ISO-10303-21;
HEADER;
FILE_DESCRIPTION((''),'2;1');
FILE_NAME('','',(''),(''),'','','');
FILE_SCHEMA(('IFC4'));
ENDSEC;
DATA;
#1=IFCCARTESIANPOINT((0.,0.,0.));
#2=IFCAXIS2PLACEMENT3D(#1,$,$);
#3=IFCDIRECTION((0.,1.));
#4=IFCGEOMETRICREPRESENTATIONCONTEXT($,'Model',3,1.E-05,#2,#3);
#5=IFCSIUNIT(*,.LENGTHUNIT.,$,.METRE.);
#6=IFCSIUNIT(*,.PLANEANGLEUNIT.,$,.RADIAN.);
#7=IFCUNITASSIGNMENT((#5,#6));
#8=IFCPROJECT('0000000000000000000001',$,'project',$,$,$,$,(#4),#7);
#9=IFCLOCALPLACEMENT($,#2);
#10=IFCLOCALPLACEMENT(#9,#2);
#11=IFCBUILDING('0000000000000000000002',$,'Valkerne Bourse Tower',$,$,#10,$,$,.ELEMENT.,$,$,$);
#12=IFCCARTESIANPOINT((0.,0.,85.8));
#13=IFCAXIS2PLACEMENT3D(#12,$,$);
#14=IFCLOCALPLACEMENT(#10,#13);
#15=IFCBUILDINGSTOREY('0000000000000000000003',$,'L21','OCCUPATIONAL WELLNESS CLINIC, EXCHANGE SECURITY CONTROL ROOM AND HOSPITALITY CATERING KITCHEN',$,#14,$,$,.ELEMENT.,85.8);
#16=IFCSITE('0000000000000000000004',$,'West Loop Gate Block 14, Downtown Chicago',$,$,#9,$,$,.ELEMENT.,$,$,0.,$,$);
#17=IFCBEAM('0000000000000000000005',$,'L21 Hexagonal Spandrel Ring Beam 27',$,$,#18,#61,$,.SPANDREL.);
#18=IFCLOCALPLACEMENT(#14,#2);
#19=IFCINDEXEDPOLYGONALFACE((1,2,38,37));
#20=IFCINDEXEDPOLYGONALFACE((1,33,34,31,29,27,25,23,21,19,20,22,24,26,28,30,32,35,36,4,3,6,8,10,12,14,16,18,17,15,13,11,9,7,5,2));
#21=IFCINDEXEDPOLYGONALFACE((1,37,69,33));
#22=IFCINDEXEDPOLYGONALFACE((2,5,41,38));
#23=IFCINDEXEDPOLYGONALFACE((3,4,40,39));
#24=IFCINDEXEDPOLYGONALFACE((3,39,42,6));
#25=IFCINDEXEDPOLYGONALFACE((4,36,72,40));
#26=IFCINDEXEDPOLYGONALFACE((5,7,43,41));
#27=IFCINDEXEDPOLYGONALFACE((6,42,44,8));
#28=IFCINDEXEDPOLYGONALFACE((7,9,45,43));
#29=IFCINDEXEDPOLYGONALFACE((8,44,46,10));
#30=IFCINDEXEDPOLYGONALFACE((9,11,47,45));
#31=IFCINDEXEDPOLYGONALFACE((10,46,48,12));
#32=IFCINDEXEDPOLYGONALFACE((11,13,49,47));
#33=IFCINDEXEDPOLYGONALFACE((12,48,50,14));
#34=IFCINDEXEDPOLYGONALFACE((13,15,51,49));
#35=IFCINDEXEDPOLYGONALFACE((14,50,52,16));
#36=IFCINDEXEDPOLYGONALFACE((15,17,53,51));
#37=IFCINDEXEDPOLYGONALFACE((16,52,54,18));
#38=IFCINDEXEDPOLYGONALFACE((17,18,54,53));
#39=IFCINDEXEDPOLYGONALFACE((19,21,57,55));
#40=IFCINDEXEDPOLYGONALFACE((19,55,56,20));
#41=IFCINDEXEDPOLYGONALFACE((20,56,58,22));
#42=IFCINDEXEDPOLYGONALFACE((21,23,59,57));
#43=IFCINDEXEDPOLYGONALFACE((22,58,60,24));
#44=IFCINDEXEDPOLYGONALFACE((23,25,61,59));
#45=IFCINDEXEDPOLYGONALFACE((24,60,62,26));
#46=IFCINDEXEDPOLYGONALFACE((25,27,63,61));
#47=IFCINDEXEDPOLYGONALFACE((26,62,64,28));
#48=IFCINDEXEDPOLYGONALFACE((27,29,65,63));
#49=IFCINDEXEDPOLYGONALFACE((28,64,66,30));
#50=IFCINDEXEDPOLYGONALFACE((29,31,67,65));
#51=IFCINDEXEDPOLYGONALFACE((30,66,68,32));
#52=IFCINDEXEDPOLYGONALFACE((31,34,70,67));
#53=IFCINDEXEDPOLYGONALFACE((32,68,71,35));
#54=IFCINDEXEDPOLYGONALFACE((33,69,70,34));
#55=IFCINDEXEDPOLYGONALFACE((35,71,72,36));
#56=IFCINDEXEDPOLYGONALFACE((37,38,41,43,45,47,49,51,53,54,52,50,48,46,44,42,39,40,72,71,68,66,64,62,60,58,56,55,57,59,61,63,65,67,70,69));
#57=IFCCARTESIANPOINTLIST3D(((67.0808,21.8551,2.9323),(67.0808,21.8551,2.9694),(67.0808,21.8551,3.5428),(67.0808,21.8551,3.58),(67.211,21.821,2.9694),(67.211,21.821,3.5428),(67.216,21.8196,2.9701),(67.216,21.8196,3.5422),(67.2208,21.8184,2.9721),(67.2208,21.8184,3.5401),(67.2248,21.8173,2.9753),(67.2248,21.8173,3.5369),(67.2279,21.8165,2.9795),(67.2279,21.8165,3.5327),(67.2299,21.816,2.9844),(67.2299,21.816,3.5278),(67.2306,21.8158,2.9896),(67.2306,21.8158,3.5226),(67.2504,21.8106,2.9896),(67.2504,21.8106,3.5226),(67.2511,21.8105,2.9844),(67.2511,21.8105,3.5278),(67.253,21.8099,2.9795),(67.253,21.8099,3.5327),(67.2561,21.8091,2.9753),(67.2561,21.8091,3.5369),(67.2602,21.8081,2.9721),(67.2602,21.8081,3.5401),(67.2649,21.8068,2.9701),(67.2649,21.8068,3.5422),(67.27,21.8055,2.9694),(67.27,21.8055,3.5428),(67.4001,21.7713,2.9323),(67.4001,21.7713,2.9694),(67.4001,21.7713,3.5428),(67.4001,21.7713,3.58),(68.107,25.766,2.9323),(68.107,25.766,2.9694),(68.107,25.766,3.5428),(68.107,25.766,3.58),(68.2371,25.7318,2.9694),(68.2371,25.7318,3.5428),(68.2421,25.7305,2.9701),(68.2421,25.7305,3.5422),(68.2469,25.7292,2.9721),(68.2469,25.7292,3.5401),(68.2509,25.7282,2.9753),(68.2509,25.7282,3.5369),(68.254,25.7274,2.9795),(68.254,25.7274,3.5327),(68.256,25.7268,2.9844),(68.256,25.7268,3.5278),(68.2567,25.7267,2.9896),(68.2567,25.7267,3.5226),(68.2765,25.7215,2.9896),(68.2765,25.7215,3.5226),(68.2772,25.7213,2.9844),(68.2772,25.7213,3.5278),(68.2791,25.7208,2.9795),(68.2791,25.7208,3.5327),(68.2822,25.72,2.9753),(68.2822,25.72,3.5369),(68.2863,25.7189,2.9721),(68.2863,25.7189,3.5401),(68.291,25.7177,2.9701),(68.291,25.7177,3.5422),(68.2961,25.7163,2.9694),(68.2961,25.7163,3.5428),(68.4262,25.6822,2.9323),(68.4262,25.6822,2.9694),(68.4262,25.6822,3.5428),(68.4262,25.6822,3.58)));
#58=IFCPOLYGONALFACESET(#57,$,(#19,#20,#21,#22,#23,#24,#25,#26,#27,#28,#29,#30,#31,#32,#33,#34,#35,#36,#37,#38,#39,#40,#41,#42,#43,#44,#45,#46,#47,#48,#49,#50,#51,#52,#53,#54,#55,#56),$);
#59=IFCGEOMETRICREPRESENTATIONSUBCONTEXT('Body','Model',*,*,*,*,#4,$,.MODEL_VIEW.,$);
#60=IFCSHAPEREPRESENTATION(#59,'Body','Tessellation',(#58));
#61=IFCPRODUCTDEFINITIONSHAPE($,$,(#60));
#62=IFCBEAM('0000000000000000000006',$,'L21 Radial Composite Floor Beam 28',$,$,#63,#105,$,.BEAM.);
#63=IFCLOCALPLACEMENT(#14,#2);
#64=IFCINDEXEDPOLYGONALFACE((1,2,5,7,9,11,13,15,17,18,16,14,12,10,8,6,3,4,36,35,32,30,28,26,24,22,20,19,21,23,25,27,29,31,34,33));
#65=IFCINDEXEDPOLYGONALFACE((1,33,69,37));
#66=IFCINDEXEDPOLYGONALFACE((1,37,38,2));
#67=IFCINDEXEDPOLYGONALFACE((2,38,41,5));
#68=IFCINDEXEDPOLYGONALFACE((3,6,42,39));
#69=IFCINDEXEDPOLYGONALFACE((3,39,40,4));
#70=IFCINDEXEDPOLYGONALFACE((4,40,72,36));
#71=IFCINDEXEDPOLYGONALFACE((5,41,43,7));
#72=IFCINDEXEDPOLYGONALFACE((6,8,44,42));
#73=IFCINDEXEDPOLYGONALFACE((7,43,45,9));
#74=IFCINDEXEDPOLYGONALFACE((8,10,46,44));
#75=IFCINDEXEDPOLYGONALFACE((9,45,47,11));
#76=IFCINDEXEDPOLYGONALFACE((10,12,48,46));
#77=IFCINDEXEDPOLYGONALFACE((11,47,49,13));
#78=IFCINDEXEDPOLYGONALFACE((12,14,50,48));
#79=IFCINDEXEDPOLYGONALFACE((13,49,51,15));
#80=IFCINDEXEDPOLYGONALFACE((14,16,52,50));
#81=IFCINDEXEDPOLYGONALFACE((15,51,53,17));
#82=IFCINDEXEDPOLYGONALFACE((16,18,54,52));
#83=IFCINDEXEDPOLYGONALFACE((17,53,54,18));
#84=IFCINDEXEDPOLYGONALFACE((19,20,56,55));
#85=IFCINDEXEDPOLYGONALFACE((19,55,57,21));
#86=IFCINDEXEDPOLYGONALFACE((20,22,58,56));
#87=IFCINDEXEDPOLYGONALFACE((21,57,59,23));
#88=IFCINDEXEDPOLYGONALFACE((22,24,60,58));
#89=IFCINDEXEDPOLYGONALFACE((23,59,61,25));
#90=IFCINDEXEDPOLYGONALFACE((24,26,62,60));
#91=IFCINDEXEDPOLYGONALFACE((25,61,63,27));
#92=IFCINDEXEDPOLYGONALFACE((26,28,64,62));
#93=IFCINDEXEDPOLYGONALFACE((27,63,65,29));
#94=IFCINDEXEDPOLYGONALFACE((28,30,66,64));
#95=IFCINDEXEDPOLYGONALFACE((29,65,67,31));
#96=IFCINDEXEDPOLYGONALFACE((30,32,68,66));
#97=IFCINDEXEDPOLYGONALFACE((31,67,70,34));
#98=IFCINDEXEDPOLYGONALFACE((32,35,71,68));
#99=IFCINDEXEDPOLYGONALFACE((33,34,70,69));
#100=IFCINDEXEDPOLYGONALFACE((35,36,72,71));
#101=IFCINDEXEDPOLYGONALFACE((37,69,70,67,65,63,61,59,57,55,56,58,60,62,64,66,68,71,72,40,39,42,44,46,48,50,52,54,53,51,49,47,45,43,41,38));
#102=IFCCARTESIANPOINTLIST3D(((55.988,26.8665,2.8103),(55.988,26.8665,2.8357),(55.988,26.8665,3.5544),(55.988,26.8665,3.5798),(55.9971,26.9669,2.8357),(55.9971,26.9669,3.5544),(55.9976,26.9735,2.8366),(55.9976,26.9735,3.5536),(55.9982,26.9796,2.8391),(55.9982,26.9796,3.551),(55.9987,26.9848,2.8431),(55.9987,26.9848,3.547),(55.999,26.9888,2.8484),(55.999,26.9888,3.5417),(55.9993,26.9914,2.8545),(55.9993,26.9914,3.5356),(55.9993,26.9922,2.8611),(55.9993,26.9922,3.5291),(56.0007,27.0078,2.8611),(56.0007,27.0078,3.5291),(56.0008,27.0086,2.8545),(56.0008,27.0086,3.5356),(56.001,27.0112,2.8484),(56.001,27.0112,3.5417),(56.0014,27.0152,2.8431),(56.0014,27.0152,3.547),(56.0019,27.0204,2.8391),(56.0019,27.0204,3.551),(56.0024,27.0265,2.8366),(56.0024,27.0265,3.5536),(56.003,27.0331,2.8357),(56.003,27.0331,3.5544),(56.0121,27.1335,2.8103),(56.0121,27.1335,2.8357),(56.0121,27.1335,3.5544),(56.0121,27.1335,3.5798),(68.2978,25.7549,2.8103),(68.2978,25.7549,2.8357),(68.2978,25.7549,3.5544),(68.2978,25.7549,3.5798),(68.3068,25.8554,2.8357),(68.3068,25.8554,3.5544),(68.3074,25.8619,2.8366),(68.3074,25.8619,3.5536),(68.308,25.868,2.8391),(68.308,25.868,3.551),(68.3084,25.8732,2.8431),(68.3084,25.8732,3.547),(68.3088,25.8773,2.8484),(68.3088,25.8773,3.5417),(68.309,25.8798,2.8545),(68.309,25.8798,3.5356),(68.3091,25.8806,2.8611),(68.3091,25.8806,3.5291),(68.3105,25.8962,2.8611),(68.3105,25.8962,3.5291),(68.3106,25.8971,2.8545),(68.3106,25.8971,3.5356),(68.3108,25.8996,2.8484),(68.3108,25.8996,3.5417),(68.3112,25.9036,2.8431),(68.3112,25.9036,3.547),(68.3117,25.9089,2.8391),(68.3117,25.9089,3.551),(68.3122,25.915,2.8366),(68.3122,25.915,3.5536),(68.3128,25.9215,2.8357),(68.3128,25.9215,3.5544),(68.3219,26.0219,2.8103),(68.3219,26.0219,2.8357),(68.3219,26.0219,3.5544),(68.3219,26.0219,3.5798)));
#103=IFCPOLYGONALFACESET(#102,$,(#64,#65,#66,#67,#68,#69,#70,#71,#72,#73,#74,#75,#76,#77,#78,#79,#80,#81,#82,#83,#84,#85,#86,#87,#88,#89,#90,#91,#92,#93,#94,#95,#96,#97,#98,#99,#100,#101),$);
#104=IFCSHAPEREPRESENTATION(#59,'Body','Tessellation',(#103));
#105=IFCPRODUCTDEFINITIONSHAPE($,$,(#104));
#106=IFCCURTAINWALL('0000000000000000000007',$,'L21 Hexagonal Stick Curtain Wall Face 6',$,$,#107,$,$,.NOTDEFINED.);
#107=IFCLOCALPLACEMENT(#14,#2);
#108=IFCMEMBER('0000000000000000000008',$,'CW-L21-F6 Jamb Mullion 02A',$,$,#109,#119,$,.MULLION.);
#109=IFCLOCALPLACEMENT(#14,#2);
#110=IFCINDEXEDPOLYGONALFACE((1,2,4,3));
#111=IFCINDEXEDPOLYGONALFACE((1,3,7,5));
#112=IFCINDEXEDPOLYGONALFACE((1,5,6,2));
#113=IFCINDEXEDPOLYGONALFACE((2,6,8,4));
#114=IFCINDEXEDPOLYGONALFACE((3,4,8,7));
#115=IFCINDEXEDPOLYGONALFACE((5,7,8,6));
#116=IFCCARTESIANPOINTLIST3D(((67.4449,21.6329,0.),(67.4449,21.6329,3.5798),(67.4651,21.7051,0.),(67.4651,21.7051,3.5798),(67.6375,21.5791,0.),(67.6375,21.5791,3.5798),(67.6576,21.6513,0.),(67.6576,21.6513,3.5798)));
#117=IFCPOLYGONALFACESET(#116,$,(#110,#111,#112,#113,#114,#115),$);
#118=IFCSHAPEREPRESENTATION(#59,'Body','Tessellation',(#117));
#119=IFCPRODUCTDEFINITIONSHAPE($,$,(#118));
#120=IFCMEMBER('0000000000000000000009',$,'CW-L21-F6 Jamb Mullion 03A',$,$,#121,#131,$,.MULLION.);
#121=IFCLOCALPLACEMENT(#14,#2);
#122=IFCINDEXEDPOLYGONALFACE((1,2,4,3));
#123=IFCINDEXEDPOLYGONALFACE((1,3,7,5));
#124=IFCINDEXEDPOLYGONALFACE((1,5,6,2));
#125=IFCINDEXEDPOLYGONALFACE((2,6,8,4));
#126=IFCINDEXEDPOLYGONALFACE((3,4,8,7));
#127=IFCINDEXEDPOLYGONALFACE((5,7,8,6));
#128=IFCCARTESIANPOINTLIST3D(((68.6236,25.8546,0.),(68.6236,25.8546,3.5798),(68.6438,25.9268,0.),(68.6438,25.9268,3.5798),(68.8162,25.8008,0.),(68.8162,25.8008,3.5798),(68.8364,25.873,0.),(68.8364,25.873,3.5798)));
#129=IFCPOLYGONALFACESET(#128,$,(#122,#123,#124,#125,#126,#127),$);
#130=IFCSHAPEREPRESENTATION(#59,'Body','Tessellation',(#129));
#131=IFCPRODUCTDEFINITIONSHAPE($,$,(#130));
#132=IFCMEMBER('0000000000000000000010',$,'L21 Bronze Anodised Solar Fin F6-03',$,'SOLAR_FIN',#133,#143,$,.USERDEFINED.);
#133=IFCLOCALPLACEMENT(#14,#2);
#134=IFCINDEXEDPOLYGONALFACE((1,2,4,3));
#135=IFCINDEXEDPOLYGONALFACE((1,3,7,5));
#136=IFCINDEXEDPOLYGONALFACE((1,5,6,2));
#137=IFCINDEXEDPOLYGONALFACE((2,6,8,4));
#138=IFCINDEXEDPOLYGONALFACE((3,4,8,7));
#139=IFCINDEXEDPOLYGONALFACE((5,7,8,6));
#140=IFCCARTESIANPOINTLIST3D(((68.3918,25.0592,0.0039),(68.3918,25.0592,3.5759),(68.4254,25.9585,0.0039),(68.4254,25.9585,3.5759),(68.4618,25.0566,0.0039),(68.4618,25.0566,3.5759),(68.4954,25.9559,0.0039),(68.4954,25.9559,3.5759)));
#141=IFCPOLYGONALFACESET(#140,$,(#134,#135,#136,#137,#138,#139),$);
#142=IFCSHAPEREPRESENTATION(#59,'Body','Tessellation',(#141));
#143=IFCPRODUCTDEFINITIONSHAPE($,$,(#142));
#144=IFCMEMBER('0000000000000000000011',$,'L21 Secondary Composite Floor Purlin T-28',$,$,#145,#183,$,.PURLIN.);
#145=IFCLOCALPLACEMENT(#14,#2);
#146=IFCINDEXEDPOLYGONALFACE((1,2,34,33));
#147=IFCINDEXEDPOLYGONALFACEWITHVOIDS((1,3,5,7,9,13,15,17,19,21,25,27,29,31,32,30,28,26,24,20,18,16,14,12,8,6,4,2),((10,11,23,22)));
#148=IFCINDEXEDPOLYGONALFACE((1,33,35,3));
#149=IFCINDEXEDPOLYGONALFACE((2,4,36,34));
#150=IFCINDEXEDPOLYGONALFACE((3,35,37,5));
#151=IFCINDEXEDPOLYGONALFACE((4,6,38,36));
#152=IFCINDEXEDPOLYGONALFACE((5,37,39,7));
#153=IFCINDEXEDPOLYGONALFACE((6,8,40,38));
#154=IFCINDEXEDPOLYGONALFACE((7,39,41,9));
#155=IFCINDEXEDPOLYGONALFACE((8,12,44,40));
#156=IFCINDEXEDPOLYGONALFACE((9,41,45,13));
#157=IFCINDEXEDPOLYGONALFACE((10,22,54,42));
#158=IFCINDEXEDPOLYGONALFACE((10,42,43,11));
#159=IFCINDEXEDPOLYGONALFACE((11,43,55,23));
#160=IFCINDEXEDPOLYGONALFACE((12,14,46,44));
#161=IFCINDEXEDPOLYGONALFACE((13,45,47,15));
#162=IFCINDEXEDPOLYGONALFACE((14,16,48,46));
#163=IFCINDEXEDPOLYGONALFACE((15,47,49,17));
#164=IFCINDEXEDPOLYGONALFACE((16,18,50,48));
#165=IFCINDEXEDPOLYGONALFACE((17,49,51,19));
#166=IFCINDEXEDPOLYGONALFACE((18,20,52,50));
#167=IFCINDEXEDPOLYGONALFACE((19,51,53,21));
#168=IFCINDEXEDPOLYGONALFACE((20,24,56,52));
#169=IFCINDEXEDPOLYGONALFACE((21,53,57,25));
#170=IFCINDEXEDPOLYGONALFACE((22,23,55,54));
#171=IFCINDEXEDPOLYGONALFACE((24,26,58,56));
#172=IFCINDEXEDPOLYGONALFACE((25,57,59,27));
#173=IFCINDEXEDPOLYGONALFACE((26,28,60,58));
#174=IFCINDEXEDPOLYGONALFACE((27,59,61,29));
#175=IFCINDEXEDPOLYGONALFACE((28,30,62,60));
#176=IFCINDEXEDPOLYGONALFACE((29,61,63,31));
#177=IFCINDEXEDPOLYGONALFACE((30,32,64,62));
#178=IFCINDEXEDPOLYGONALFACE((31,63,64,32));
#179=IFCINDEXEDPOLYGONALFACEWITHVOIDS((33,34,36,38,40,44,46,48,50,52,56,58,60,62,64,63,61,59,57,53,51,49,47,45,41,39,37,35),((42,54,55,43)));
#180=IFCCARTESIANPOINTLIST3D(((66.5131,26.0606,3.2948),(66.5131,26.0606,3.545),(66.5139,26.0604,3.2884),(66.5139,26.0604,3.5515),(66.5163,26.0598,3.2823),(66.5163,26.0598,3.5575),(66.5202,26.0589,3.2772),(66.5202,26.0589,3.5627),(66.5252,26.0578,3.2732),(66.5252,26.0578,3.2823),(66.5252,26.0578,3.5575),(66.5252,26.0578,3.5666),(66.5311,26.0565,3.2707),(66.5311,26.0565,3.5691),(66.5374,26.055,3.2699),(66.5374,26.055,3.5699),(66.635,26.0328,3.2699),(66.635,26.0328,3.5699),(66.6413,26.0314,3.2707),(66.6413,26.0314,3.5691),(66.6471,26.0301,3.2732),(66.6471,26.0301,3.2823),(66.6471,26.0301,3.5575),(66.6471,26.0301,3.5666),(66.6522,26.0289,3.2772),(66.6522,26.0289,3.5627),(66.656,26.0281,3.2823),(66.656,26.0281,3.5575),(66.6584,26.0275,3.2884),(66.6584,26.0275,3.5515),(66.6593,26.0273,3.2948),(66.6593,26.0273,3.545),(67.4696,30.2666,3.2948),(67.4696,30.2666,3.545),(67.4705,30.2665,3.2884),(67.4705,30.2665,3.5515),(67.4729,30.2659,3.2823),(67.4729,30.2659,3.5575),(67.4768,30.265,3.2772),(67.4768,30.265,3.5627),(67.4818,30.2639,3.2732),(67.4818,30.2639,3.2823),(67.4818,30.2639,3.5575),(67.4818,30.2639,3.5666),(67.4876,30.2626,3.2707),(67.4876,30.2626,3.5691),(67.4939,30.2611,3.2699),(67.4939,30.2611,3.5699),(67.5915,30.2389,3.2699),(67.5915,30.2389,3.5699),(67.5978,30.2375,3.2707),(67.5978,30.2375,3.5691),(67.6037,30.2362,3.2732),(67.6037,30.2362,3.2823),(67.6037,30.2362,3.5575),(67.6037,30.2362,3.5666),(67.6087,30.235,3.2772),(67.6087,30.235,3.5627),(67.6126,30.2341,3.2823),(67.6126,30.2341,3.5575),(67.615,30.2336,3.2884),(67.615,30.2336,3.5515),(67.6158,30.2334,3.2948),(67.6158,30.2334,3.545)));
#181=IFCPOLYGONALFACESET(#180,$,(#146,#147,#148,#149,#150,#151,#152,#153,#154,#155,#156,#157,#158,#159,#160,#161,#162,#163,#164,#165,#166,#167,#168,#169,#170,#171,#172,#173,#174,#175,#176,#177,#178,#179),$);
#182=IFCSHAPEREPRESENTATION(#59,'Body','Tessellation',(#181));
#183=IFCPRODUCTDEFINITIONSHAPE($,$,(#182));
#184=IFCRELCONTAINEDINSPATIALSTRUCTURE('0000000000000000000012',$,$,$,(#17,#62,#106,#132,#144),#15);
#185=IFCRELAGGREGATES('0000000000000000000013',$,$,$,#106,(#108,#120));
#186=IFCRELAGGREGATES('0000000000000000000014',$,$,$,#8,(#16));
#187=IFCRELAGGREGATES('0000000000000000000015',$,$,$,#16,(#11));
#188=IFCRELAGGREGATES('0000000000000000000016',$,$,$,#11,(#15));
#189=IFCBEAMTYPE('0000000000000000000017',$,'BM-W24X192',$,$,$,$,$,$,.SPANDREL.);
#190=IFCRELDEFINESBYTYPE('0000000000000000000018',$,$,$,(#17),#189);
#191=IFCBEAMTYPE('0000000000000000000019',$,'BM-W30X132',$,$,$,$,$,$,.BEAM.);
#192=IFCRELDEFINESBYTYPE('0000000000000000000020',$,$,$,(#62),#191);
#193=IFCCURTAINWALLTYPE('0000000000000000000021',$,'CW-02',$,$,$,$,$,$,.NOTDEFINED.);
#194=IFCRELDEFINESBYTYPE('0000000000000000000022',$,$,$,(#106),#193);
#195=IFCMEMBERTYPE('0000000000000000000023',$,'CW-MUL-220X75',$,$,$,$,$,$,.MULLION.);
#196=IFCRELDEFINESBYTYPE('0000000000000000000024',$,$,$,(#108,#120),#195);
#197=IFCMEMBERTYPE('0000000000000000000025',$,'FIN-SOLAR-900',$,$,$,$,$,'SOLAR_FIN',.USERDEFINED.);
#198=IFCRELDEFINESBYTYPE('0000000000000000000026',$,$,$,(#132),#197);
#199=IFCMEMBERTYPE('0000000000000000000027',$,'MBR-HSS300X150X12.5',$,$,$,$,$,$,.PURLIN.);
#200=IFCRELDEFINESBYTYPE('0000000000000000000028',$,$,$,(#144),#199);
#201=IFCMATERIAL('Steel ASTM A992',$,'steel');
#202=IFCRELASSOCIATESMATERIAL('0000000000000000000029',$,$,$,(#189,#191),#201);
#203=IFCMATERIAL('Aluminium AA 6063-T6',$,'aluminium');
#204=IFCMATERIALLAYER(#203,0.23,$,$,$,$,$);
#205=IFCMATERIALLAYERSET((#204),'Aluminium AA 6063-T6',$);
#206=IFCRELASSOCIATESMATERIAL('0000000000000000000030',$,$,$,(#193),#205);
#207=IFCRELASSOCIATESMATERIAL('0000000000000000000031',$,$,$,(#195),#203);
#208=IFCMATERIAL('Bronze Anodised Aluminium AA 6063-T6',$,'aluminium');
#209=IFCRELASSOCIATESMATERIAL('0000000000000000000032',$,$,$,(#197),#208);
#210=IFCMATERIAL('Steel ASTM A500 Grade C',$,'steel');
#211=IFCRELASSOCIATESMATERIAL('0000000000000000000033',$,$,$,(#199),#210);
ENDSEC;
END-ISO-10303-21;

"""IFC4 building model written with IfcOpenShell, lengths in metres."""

from ifc_helpers import new_model, si_unit, direction, frame, origin, origin_2d, place, context, subcontext, project, spatial, rectangle, hollow_rectangle, i_section, extrude, material, layer, layer_set, material_profile, profile_set, type_object, element, aggregate, save


model = new_model("IFC4")

# Units and contexts
model_context = context("Model", 3, precision=1e-05, world=origin(), true_north=direction((0.0, 1.0)))
body_context = subcontext(model_context, "Body", "Model", "MODEL_VIEW")
ifc_project = project(units=[si_unit("LENGTHUNIT", "METRE"), si_unit("PLANEANGLEUNIT", "RADIAN")], contexts=[model_context])

# Site, building, storey
site_placement = place(None, origin())
site = spatial("IfcSite", under=ifc_project, at=site_placement, Name="West Loop Gate Block 14, Downtown Chicago", CompositionType="ELEMENT", RefElevation=0.0)
building_placement = place(site_placement, origin())
building = spatial("IfcBuilding", under=site, at=building_placement, Name="Valkerne Bourse Tower", CompositionType="ELEMENT")
storey_placement = place(building_placement, frame((0.0, 0.0, 85.8)))
storey = spatial("IfcBuildingStorey", under=building, at=storey_placement, Name="L21", Description="OCCUPATIONAL WELLNESS CLINIC, EXCHANGE SECURITY CONTROL ROOM AND HOSPITALITY CATERING KITCHEN", CompositionType="ELEMENT", Elevation=85.8)

# Beams
ifc_material_1 = material(Name="Steel ASTM A992", Category="steel")
ifc_material_profile_1 = material_profile(ifc_material_1, i_section(OverallWidth=0.3301, OverallDepth=0.6477, WebThickness=0.0205, FlangeThickness=0.0371, FilletRadius=0.0203, at=origin_2d()), Name="W24X192")
ifc_profile_set_1 = profile_set([ifc_material_profile_1], Name="Steel ASTM A992")
beam_type_1 = type_object("IfcBeamType", Name="BM-W24X192", PredefinedType="SPANDREL", material=ifc_profile_set_1)
beam_1_placement = place(storey_placement, frame((67.2405, 21.8132, 3.2561), z_axis=(0.253786, 0.96726, 0.0), x_axis=(-0.96726, 0.253786, 0.0)))
element("IfcBeam", 1, at=beam_1_placement, inside=storey, type_object=beam_type_1, Name="L21 Hexagonal Spandrel Ring Beam 27", PredefinedType="SPANDREL", context=body_context, shape_type="SweptSolid", body=[
    extrude(i_section(OverallWidth=0.3301, OverallDepth=0.6477, WebThickness=0.0205, FlangeThickness=0.0371, FilletRadius=0.0203, at=origin_2d()), origin(), (0.0, 0.0, 1.0), 4.0432),
])
ifc_material_profile_2 = material_profile(ifc_material_1, i_section(OverallWidth=0.2681, OverallDepth=0.7695, WebThickness=0.0156, FlangeThickness=0.0254, FilletRadius=0.0254, at=origin_2d()), Name="W30X132")
ifc_profile_set_2 = profile_set([ifc_material_profile_2], Name="Steel ASTM A992")
beam_type_2 = type_object("IfcBeamType", Name="BM-W30X132", PredefinedType="BEAM", material=ifc_profile_set_2)
beam_2_placement = place(storey_placement, frame((68.3098, 25.8884, 3.1951), z_axis=(-0.995948, 0.089934, 0.0), x_axis=(-0.089934, -0.995948, 0.0)))
element("IfcBeam", 2, at=beam_2_placement, inside=storey, type_object=beam_type_2, Name="L21 Radial Composite Floor Beam 28", PredefinedType="BEAM", context=body_context, shape_type="SweptSolid", body=[
    extrude(i_section(OverallWidth=0.2681, OverallDepth=0.7695, WebThickness=0.0156, FlangeThickness=0.0254, FilletRadius=0.0254, at=origin_2d()), origin(), (0.0, 0.0, 1.0), 12.3599),
])

# Curtain wall, members
ifc_material_2 = material(Name="Aluminium AA 6063-T6", Category="aluminium")
ifc_layer_1 = layer(ifc_material_2, 0.23)
ifc_layer_set_1 = layer_set([ifc_layer_1], Name="Aluminium AA 6063-T6")
curtain_wall_type = type_object("IfcCurtainWallType", Name="CW-02", PredefinedType="NOTDEFINED", material=ifc_layer_set_1)
curtain_wall_placement = place(storey_placement, origin())
curtain_wall = element("IfcCurtainWall", 3, at=curtain_wall_placement, inside=storey, type_object=curtain_wall_type, Name="L21 Hexagonal Stick Curtain Wall Face 6", PredefinedType="NOTDEFINED")
ifc_material_profile_3 = material_profile(ifc_material_2, rectangle(XDim=0.075, YDim=0.2, at=origin_2d()), Name="CWM-75X200")
ifc_profile_set_3 = profile_set([ifc_material_profile_3], Name="Aluminium AA 6063-T6")
member_type_1 = type_object("IfcMemberType", Name="CW-MUL-220X75", PredefinedType="MULLION", material=ifc_profile_set_3)
member_1_placement = place(storey_placement, frame((67.5513, 21.6421, 0.0), z_axis=(0.0, 0.0, 1.0), x_axis=(0.268927, 0.96316, 0.0)))
member_1 = element("IfcMember", 4, at=member_1_placement, type_object=member_type_1, Name="CW-L21-F6 Jamb Mullion 02A", PredefinedType="MULLION", context=body_context, shape_type="SweptSolid", body=[
    extrude(rectangle(XDim=0.075, YDim=0.2, at=origin_2d()), origin(), (0.0, 0.0, 1.0), 3.5798),
])
member_2_placement = place(storey_placement, frame((68.73, 25.8638, 0.0), z_axis=(0.0, 0.0, 1.0), x_axis=(0.268922, 0.963162, 0.0)))
member_2 = element("IfcMember", 5, at=member_2_placement, type_object=member_type_1, Name="CW-L21-F6 Jamb Mullion 03A", PredefinedType="MULLION", context=body_context, shape_type="SweptSolid", body=[
    extrude(rectangle(XDim=0.075, YDim=0.2, at=origin_2d()), origin(), (0.0, 0.0, 1.0), 3.5798),
])

# Members
ifc_material_3 = material(Name="Bronze Anodised Aluminium AA 6063-T6", Category="aluminium")
ifc_material_profile_4 = material_profile(ifc_material_3, rectangle(XDim=0.0701, YDim=0.8999, at=origin_2d()), Name="FIN-70X900")
ifc_profile_set_4 = profile_set([ifc_material_profile_4], Name="Bronze Anodised Aluminium AA 6063-T6")
member_type_2 = type_object("IfcMemberType", Name="FIN-SOLAR-900", ElementType="SOLAR_FIN", PredefinedType="USERDEFINED", material=ifc_profile_set_4)
member_3_placement = place(storey_placement, frame((68.4436, 25.5076, 0.0039), z_axis=(0.0, 0.0, 1.0), x_axis=(0.999305, -0.037267, 0.0)))
element("IfcMember", 6, at=member_3_placement, inside=storey, type_object=member_type_2, Name="L21 Bronze Anodised Solar Fin F6-03", ObjectType="SOLAR_FIN", PredefinedType="USERDEFINED", context=body_context, shape_type="SweptSolid", body=[
    extrude(rectangle(XDim=0.0701, YDim=0.8999, at=origin_2d()), origin(), (0.0, 0.0, 1.0), 3.572),
])
ifc_material_4 = material(Name="Steel ASTM A500 Grade C", Category="steel")
ifc_material_profile_5 = material_profile(ifc_material_4, hollow_rectangle(XDim=0.1499, YDim=0.3, WallThickness=0.0125, OuterFilletRadius=0.0249, at=origin_2d()), Name="HSS300X150X12.5")
ifc_profile_set_5 = profile_set([ifc_material_profile_5], Name="Steel ASTM A500 Grade C")
member_type_3 = type_object("IfcMemberType", Name="MBR-HSS300X150X12.5", PredefinedType="PURLIN", material=ifc_profile_set_5)
member_4_placement = place(storey_placement, frame((66.5862, 26.0439, 3.4199), z_axis=(0.221758, 0.975102, 0.0), x_axis=(-0.975102, 0.221758, 0.0)))
element("IfcMember", 7, at=member_4_placement, inside=storey, type_object=member_type_3, Name="L21 Secondary Composite Floor Purlin T-28", PredefinedType="PURLIN", context=body_context, shape_type="SweptSolid", body=[
    extrude(hollow_rectangle(XDim=0.1499, YDim=0.3, WallThickness=0.0125, OuterFilletRadius=0.0249, at=origin_2d()), origin(), (0.0, 0.0, 1.0), 4.3135),
])

aggregate(curtain_wall, [member_1, member_2])

save(model, "model.ifc")
